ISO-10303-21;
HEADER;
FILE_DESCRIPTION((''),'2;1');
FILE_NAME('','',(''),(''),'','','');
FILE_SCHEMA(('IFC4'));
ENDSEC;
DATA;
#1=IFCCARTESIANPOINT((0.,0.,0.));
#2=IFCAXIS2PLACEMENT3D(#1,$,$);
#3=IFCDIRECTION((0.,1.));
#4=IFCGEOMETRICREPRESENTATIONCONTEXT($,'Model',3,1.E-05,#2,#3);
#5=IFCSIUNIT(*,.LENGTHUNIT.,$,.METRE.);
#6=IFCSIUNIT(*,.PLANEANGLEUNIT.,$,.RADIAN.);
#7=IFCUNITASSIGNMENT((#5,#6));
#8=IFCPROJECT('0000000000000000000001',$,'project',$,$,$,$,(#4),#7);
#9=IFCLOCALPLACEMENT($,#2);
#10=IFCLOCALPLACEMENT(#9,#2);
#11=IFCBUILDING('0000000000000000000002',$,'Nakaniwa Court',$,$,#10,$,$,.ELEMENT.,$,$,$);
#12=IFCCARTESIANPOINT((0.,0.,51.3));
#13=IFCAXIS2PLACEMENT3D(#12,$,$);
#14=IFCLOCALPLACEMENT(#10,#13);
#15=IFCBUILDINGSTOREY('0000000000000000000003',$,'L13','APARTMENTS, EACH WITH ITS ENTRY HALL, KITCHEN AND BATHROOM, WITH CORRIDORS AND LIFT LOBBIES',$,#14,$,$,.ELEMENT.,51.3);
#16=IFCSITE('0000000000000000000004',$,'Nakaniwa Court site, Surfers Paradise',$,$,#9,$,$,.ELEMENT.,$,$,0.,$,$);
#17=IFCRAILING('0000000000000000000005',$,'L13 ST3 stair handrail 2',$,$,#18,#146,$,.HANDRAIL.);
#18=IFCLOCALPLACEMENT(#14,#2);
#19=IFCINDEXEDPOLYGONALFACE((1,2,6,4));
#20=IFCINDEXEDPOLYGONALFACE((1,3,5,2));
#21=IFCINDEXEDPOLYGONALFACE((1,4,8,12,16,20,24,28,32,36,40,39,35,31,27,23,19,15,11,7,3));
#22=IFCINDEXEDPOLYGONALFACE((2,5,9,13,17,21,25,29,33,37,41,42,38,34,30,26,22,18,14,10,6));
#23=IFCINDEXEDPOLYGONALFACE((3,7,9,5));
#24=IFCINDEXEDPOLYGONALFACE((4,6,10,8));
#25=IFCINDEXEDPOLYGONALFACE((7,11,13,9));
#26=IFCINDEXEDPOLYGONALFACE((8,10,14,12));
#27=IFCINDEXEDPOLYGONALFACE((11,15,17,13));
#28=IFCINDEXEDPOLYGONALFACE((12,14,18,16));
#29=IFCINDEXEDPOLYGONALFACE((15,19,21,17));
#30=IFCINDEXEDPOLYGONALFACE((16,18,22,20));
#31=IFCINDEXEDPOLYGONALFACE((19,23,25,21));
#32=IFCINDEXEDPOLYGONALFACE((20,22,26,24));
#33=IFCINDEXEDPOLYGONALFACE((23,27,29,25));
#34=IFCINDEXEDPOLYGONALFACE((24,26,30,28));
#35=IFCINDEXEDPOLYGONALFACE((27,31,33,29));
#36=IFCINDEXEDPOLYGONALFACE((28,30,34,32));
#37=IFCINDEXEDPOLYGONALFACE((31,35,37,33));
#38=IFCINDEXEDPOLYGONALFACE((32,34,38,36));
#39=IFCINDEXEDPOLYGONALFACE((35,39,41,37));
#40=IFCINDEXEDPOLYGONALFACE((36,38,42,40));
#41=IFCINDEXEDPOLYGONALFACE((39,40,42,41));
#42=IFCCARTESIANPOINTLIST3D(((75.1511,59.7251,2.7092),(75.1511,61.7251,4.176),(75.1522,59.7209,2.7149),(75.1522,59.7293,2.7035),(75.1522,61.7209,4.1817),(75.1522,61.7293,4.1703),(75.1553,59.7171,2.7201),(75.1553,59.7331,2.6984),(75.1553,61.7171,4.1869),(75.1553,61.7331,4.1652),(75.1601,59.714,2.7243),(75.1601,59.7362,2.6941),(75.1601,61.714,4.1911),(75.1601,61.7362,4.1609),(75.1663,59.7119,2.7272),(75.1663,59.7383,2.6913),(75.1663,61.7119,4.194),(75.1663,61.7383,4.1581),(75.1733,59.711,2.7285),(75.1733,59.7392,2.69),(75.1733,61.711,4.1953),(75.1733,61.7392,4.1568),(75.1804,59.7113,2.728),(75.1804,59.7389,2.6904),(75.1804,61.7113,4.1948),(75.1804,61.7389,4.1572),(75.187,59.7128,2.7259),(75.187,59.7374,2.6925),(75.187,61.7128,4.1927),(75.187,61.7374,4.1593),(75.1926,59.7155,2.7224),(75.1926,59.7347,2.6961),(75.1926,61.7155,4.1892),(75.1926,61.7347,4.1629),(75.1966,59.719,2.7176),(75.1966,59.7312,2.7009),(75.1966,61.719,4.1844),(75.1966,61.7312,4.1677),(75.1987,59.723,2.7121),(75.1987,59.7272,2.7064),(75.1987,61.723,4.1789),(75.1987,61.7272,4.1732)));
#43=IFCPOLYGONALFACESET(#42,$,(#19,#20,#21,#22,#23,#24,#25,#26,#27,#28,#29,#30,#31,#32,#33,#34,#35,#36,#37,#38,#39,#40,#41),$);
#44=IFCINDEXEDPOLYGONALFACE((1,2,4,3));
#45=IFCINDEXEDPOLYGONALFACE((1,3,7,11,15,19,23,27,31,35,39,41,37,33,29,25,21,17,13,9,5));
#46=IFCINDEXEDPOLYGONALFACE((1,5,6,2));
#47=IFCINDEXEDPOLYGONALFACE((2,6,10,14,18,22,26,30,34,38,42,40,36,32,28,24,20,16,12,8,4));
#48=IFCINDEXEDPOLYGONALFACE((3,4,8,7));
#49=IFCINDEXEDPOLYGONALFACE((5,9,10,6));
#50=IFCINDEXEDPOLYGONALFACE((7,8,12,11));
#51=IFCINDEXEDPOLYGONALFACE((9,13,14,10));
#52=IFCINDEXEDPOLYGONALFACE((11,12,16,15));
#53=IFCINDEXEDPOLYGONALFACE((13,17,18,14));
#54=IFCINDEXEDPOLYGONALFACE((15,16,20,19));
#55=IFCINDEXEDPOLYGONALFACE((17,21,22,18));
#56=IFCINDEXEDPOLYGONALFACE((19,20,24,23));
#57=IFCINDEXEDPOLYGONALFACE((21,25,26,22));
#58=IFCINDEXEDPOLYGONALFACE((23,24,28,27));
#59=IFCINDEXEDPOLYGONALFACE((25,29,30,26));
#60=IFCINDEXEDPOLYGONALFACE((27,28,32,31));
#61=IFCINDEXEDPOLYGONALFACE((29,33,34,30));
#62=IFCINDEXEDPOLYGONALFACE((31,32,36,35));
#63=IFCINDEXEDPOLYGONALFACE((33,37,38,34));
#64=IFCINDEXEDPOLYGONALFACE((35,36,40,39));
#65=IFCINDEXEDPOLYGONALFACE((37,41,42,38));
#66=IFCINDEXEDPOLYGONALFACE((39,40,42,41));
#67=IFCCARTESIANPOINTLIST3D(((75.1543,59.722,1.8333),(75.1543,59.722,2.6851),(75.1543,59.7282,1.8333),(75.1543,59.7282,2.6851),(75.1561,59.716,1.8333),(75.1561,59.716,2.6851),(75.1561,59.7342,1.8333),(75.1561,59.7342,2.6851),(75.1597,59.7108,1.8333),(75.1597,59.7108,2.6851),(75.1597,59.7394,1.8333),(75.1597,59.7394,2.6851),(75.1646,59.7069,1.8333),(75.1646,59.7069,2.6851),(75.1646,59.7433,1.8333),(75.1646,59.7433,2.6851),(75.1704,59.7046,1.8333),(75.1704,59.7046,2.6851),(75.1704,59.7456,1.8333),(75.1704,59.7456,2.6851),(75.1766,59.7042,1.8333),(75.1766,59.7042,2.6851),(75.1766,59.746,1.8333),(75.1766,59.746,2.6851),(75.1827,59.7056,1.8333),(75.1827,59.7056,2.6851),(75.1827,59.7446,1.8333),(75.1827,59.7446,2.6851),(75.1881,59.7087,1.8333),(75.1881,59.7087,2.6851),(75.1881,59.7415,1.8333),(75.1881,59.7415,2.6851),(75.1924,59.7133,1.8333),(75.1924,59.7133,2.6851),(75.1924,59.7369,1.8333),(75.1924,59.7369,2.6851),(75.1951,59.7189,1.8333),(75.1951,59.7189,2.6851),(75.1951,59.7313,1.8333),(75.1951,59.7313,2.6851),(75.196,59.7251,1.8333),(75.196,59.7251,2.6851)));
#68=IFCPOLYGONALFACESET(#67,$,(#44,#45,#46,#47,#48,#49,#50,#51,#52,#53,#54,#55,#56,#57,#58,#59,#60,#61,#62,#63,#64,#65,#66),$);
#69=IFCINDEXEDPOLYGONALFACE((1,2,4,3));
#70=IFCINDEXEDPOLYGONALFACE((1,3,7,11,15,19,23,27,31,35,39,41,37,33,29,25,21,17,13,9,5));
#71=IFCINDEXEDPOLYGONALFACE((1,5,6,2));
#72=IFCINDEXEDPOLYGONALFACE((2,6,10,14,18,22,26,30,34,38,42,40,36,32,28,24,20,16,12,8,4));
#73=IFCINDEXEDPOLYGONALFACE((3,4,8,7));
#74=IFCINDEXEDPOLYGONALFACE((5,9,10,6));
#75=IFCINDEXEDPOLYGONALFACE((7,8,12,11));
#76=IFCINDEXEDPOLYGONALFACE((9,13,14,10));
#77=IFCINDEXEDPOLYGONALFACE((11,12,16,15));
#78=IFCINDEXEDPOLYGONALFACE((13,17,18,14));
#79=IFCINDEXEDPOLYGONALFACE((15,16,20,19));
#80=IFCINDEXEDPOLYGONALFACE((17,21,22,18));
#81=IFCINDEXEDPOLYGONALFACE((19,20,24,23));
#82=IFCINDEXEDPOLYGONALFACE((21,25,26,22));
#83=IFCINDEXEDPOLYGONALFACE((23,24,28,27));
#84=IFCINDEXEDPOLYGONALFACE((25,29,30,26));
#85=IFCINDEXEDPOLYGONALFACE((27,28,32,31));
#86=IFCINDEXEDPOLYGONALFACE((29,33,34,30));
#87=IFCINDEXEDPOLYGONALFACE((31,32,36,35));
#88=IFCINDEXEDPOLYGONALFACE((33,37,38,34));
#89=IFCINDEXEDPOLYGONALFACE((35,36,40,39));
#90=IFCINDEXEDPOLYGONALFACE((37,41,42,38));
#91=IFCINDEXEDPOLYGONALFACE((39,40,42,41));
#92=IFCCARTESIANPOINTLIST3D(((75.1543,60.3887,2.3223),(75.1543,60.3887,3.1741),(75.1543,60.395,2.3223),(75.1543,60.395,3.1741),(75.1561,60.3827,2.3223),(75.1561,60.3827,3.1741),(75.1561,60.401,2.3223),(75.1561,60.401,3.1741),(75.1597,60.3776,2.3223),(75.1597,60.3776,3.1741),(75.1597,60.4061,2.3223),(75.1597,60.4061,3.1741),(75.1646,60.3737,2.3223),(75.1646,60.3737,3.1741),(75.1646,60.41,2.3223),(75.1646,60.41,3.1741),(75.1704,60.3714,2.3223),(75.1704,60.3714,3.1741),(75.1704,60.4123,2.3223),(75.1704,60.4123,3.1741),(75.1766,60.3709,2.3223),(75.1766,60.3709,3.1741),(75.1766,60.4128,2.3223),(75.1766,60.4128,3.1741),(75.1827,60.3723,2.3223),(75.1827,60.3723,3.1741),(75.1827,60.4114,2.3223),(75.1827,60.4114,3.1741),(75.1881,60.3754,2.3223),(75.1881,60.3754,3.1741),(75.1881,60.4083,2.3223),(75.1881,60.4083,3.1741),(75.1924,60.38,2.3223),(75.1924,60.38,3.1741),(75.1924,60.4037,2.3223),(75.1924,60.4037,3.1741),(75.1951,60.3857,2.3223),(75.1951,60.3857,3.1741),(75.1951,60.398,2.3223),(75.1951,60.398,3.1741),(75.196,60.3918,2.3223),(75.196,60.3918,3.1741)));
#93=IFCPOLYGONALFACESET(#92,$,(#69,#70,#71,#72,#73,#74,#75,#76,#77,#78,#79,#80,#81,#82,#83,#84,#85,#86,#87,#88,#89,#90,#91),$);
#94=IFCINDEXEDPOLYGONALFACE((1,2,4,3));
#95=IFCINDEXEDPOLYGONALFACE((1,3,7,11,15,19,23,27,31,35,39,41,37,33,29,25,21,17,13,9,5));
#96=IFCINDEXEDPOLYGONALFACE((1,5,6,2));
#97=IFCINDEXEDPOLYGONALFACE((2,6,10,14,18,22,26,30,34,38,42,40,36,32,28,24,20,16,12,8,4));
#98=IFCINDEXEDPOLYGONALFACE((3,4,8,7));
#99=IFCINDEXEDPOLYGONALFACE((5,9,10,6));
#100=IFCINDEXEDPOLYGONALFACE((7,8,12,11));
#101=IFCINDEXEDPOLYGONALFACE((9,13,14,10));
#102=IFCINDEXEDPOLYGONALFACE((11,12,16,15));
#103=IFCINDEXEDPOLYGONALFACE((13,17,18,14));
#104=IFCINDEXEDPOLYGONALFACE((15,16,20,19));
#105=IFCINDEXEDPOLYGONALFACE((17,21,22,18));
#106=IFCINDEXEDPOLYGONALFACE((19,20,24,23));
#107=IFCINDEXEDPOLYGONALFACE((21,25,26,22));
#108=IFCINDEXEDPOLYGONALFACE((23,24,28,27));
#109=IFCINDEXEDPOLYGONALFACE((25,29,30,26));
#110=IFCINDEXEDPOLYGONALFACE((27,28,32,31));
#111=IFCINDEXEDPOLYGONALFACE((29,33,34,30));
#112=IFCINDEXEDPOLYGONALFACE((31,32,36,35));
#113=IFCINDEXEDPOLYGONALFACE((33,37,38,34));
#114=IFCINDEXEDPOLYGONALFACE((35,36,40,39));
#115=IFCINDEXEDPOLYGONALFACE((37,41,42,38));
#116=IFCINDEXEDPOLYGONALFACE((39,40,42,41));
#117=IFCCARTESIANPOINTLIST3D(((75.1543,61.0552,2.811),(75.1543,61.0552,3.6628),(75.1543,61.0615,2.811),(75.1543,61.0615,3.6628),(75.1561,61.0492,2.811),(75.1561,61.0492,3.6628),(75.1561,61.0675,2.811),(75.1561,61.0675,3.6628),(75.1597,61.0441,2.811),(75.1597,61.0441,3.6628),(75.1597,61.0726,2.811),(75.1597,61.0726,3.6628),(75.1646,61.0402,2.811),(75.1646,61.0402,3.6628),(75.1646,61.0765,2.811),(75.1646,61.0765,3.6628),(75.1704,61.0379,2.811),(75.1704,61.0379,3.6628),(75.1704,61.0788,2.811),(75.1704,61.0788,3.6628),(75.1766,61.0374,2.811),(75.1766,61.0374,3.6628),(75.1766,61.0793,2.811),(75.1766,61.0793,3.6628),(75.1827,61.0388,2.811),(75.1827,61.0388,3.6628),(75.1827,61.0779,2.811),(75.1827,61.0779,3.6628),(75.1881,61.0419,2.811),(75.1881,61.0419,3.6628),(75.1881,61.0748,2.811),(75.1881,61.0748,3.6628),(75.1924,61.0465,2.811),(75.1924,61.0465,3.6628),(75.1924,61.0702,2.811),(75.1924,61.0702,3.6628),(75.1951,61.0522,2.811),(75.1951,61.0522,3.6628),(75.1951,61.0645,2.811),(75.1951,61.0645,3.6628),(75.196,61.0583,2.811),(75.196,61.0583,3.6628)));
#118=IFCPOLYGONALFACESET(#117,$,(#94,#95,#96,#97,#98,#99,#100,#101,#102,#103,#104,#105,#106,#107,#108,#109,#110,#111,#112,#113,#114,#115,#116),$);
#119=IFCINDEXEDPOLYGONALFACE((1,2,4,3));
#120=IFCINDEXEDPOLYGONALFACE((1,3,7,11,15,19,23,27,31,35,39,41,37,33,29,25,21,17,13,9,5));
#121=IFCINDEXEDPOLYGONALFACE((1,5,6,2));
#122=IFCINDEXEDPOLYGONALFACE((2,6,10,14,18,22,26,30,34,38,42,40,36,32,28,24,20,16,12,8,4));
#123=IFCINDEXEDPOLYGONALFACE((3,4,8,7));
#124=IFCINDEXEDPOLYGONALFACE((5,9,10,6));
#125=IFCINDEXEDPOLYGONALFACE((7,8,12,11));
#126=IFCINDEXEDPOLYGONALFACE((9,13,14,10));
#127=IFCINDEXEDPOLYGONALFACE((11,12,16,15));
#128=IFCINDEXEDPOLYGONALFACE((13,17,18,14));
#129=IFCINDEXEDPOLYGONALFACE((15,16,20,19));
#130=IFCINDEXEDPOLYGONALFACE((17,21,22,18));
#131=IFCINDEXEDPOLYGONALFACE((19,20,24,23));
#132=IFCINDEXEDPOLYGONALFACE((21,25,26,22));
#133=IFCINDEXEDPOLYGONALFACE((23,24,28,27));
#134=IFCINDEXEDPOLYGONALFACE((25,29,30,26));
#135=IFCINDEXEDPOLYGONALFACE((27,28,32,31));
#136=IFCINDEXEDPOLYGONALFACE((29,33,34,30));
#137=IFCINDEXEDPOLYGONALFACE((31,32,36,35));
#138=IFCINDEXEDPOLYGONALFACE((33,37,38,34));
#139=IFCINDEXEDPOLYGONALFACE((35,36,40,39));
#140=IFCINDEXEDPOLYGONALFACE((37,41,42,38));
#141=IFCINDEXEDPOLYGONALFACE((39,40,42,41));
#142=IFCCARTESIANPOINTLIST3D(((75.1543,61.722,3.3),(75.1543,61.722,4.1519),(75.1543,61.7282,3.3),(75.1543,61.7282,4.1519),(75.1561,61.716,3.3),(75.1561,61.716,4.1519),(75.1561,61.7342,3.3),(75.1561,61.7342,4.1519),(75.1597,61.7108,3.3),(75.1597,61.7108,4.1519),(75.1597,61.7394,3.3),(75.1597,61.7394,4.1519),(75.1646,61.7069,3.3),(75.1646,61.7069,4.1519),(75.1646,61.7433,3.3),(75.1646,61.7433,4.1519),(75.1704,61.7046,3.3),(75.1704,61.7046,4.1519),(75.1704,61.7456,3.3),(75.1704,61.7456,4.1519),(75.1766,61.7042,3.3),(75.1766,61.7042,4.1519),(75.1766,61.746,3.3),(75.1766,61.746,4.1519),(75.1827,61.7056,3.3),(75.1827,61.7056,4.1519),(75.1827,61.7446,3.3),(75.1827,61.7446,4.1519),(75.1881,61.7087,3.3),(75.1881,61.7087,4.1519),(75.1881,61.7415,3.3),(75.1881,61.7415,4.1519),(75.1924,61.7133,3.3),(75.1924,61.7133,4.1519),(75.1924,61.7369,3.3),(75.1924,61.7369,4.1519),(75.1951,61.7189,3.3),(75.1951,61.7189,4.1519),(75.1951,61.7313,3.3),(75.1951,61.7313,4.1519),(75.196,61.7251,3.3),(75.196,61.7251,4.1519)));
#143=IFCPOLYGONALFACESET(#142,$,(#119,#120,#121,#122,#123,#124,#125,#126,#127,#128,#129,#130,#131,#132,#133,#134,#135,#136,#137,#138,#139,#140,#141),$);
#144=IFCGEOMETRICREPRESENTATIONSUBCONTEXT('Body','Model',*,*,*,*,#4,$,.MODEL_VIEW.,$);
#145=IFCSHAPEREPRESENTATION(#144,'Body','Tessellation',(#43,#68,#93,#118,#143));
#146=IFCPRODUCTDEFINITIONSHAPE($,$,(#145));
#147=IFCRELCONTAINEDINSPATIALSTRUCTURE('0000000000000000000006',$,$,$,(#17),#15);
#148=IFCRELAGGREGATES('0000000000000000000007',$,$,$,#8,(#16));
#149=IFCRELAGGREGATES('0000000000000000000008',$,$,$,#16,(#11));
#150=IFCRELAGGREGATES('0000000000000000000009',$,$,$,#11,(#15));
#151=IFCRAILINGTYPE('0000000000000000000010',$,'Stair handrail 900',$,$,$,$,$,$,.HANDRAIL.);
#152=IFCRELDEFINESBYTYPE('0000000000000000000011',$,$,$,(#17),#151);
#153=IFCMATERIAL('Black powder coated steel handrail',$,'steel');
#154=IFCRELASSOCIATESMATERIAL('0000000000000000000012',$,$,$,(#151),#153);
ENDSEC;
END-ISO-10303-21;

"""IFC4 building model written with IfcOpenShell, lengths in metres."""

from ifc_helpers import new_model, si_unit, direction, frame, origin, origin_2d, place, context, subcontext, project, spatial, circle, extrude, material, type_object, element, save


model = new_model("IFC4")

# Units and contexts
model_context = context("Model", 3, precision=1e-05, world=origin(), true_north=direction((0.0, 1.0)))
body_context = subcontext(model_context, "Body", "Model", "MODEL_VIEW")
ifc_project = project(units=[si_unit("LENGTHUNIT", "METRE"), si_unit("PLANEANGLEUNIT", "RADIAN")], contexts=[model_context])

# Site, building, storey
site_placement = place(None, origin())
site = spatial("IfcSite", under=ifc_project, at=site_placement, Name="Nakaniwa Court site, Surfers Paradise", CompositionType="ELEMENT", RefElevation=0.0)
building_placement = place(site_placement, origin())
building = spatial("IfcBuilding", under=site, at=building_placement, Name="Nakaniwa Court", CompositionType="ELEMENT")
storey_placement = place(building_placement, frame((0.0, 0.0, 51.3)))
storey = spatial("IfcBuildingStorey", under=building, at=storey_placement, Name="L13", Description="APARTMENTS, EACH WITH ITS ENTRY HALL, KITCHEN AND BATHROOM, WITH CORRIDORS AND LIFT LOBBIES", CompositionType="ELEMENT", Elevation=51.3)

# Railing
ifc_material_1 = material(Name="Black powder coated steel handrail", Category="steel")
railing_type_1 = type_object("IfcRailingType", Name="Stair handrail 900", PredefinedType="HANDRAIL", material=ifc_material_1)
railing_1_placement = place(storey_placement, frame((75.175, 59.7251, 1.8333)))
element("IfcRailing", 1, at=railing_1_placement, inside=storey, type_object=railing_type_1, Name="L13 ST3 stair handrail 2", PredefinedType="HANDRAIL", context=body_context, shape_type="SweptSolid", body=[
    extrude(circle(Radius=0.0239, at=origin_2d()), frame((0.0, 0.0, 0.876), z_axis=(0.0, 0.80638, 0.591398), x_axis=(-1.0, 0.0, 0.0)), (0.0, 0.0, 1.0), 2.4802),
    extrude(circle(Radius=0.021, at=origin_2d()), origin(), (0.0, 0.0, 1.0), 0.8518),
    extrude(circle(Radius=0.021, at=origin_2d()), frame((0.0, 0.6667, 0.489)), (0.0, 0.0, 1.0), 0.8518),
    extrude(circle(Radius=0.021, at=origin_2d()), frame((0.0, 1.3333, 0.9778)), (0.0, 0.0, 1.0), 0.8518),
    extrude(circle(Radius=0.021, at=origin_2d()), frame((0.0, 2.0, 1.4668)), (0.0, 0.0, 1.0), 0.8518),
])

save(model, "model.ifc")
